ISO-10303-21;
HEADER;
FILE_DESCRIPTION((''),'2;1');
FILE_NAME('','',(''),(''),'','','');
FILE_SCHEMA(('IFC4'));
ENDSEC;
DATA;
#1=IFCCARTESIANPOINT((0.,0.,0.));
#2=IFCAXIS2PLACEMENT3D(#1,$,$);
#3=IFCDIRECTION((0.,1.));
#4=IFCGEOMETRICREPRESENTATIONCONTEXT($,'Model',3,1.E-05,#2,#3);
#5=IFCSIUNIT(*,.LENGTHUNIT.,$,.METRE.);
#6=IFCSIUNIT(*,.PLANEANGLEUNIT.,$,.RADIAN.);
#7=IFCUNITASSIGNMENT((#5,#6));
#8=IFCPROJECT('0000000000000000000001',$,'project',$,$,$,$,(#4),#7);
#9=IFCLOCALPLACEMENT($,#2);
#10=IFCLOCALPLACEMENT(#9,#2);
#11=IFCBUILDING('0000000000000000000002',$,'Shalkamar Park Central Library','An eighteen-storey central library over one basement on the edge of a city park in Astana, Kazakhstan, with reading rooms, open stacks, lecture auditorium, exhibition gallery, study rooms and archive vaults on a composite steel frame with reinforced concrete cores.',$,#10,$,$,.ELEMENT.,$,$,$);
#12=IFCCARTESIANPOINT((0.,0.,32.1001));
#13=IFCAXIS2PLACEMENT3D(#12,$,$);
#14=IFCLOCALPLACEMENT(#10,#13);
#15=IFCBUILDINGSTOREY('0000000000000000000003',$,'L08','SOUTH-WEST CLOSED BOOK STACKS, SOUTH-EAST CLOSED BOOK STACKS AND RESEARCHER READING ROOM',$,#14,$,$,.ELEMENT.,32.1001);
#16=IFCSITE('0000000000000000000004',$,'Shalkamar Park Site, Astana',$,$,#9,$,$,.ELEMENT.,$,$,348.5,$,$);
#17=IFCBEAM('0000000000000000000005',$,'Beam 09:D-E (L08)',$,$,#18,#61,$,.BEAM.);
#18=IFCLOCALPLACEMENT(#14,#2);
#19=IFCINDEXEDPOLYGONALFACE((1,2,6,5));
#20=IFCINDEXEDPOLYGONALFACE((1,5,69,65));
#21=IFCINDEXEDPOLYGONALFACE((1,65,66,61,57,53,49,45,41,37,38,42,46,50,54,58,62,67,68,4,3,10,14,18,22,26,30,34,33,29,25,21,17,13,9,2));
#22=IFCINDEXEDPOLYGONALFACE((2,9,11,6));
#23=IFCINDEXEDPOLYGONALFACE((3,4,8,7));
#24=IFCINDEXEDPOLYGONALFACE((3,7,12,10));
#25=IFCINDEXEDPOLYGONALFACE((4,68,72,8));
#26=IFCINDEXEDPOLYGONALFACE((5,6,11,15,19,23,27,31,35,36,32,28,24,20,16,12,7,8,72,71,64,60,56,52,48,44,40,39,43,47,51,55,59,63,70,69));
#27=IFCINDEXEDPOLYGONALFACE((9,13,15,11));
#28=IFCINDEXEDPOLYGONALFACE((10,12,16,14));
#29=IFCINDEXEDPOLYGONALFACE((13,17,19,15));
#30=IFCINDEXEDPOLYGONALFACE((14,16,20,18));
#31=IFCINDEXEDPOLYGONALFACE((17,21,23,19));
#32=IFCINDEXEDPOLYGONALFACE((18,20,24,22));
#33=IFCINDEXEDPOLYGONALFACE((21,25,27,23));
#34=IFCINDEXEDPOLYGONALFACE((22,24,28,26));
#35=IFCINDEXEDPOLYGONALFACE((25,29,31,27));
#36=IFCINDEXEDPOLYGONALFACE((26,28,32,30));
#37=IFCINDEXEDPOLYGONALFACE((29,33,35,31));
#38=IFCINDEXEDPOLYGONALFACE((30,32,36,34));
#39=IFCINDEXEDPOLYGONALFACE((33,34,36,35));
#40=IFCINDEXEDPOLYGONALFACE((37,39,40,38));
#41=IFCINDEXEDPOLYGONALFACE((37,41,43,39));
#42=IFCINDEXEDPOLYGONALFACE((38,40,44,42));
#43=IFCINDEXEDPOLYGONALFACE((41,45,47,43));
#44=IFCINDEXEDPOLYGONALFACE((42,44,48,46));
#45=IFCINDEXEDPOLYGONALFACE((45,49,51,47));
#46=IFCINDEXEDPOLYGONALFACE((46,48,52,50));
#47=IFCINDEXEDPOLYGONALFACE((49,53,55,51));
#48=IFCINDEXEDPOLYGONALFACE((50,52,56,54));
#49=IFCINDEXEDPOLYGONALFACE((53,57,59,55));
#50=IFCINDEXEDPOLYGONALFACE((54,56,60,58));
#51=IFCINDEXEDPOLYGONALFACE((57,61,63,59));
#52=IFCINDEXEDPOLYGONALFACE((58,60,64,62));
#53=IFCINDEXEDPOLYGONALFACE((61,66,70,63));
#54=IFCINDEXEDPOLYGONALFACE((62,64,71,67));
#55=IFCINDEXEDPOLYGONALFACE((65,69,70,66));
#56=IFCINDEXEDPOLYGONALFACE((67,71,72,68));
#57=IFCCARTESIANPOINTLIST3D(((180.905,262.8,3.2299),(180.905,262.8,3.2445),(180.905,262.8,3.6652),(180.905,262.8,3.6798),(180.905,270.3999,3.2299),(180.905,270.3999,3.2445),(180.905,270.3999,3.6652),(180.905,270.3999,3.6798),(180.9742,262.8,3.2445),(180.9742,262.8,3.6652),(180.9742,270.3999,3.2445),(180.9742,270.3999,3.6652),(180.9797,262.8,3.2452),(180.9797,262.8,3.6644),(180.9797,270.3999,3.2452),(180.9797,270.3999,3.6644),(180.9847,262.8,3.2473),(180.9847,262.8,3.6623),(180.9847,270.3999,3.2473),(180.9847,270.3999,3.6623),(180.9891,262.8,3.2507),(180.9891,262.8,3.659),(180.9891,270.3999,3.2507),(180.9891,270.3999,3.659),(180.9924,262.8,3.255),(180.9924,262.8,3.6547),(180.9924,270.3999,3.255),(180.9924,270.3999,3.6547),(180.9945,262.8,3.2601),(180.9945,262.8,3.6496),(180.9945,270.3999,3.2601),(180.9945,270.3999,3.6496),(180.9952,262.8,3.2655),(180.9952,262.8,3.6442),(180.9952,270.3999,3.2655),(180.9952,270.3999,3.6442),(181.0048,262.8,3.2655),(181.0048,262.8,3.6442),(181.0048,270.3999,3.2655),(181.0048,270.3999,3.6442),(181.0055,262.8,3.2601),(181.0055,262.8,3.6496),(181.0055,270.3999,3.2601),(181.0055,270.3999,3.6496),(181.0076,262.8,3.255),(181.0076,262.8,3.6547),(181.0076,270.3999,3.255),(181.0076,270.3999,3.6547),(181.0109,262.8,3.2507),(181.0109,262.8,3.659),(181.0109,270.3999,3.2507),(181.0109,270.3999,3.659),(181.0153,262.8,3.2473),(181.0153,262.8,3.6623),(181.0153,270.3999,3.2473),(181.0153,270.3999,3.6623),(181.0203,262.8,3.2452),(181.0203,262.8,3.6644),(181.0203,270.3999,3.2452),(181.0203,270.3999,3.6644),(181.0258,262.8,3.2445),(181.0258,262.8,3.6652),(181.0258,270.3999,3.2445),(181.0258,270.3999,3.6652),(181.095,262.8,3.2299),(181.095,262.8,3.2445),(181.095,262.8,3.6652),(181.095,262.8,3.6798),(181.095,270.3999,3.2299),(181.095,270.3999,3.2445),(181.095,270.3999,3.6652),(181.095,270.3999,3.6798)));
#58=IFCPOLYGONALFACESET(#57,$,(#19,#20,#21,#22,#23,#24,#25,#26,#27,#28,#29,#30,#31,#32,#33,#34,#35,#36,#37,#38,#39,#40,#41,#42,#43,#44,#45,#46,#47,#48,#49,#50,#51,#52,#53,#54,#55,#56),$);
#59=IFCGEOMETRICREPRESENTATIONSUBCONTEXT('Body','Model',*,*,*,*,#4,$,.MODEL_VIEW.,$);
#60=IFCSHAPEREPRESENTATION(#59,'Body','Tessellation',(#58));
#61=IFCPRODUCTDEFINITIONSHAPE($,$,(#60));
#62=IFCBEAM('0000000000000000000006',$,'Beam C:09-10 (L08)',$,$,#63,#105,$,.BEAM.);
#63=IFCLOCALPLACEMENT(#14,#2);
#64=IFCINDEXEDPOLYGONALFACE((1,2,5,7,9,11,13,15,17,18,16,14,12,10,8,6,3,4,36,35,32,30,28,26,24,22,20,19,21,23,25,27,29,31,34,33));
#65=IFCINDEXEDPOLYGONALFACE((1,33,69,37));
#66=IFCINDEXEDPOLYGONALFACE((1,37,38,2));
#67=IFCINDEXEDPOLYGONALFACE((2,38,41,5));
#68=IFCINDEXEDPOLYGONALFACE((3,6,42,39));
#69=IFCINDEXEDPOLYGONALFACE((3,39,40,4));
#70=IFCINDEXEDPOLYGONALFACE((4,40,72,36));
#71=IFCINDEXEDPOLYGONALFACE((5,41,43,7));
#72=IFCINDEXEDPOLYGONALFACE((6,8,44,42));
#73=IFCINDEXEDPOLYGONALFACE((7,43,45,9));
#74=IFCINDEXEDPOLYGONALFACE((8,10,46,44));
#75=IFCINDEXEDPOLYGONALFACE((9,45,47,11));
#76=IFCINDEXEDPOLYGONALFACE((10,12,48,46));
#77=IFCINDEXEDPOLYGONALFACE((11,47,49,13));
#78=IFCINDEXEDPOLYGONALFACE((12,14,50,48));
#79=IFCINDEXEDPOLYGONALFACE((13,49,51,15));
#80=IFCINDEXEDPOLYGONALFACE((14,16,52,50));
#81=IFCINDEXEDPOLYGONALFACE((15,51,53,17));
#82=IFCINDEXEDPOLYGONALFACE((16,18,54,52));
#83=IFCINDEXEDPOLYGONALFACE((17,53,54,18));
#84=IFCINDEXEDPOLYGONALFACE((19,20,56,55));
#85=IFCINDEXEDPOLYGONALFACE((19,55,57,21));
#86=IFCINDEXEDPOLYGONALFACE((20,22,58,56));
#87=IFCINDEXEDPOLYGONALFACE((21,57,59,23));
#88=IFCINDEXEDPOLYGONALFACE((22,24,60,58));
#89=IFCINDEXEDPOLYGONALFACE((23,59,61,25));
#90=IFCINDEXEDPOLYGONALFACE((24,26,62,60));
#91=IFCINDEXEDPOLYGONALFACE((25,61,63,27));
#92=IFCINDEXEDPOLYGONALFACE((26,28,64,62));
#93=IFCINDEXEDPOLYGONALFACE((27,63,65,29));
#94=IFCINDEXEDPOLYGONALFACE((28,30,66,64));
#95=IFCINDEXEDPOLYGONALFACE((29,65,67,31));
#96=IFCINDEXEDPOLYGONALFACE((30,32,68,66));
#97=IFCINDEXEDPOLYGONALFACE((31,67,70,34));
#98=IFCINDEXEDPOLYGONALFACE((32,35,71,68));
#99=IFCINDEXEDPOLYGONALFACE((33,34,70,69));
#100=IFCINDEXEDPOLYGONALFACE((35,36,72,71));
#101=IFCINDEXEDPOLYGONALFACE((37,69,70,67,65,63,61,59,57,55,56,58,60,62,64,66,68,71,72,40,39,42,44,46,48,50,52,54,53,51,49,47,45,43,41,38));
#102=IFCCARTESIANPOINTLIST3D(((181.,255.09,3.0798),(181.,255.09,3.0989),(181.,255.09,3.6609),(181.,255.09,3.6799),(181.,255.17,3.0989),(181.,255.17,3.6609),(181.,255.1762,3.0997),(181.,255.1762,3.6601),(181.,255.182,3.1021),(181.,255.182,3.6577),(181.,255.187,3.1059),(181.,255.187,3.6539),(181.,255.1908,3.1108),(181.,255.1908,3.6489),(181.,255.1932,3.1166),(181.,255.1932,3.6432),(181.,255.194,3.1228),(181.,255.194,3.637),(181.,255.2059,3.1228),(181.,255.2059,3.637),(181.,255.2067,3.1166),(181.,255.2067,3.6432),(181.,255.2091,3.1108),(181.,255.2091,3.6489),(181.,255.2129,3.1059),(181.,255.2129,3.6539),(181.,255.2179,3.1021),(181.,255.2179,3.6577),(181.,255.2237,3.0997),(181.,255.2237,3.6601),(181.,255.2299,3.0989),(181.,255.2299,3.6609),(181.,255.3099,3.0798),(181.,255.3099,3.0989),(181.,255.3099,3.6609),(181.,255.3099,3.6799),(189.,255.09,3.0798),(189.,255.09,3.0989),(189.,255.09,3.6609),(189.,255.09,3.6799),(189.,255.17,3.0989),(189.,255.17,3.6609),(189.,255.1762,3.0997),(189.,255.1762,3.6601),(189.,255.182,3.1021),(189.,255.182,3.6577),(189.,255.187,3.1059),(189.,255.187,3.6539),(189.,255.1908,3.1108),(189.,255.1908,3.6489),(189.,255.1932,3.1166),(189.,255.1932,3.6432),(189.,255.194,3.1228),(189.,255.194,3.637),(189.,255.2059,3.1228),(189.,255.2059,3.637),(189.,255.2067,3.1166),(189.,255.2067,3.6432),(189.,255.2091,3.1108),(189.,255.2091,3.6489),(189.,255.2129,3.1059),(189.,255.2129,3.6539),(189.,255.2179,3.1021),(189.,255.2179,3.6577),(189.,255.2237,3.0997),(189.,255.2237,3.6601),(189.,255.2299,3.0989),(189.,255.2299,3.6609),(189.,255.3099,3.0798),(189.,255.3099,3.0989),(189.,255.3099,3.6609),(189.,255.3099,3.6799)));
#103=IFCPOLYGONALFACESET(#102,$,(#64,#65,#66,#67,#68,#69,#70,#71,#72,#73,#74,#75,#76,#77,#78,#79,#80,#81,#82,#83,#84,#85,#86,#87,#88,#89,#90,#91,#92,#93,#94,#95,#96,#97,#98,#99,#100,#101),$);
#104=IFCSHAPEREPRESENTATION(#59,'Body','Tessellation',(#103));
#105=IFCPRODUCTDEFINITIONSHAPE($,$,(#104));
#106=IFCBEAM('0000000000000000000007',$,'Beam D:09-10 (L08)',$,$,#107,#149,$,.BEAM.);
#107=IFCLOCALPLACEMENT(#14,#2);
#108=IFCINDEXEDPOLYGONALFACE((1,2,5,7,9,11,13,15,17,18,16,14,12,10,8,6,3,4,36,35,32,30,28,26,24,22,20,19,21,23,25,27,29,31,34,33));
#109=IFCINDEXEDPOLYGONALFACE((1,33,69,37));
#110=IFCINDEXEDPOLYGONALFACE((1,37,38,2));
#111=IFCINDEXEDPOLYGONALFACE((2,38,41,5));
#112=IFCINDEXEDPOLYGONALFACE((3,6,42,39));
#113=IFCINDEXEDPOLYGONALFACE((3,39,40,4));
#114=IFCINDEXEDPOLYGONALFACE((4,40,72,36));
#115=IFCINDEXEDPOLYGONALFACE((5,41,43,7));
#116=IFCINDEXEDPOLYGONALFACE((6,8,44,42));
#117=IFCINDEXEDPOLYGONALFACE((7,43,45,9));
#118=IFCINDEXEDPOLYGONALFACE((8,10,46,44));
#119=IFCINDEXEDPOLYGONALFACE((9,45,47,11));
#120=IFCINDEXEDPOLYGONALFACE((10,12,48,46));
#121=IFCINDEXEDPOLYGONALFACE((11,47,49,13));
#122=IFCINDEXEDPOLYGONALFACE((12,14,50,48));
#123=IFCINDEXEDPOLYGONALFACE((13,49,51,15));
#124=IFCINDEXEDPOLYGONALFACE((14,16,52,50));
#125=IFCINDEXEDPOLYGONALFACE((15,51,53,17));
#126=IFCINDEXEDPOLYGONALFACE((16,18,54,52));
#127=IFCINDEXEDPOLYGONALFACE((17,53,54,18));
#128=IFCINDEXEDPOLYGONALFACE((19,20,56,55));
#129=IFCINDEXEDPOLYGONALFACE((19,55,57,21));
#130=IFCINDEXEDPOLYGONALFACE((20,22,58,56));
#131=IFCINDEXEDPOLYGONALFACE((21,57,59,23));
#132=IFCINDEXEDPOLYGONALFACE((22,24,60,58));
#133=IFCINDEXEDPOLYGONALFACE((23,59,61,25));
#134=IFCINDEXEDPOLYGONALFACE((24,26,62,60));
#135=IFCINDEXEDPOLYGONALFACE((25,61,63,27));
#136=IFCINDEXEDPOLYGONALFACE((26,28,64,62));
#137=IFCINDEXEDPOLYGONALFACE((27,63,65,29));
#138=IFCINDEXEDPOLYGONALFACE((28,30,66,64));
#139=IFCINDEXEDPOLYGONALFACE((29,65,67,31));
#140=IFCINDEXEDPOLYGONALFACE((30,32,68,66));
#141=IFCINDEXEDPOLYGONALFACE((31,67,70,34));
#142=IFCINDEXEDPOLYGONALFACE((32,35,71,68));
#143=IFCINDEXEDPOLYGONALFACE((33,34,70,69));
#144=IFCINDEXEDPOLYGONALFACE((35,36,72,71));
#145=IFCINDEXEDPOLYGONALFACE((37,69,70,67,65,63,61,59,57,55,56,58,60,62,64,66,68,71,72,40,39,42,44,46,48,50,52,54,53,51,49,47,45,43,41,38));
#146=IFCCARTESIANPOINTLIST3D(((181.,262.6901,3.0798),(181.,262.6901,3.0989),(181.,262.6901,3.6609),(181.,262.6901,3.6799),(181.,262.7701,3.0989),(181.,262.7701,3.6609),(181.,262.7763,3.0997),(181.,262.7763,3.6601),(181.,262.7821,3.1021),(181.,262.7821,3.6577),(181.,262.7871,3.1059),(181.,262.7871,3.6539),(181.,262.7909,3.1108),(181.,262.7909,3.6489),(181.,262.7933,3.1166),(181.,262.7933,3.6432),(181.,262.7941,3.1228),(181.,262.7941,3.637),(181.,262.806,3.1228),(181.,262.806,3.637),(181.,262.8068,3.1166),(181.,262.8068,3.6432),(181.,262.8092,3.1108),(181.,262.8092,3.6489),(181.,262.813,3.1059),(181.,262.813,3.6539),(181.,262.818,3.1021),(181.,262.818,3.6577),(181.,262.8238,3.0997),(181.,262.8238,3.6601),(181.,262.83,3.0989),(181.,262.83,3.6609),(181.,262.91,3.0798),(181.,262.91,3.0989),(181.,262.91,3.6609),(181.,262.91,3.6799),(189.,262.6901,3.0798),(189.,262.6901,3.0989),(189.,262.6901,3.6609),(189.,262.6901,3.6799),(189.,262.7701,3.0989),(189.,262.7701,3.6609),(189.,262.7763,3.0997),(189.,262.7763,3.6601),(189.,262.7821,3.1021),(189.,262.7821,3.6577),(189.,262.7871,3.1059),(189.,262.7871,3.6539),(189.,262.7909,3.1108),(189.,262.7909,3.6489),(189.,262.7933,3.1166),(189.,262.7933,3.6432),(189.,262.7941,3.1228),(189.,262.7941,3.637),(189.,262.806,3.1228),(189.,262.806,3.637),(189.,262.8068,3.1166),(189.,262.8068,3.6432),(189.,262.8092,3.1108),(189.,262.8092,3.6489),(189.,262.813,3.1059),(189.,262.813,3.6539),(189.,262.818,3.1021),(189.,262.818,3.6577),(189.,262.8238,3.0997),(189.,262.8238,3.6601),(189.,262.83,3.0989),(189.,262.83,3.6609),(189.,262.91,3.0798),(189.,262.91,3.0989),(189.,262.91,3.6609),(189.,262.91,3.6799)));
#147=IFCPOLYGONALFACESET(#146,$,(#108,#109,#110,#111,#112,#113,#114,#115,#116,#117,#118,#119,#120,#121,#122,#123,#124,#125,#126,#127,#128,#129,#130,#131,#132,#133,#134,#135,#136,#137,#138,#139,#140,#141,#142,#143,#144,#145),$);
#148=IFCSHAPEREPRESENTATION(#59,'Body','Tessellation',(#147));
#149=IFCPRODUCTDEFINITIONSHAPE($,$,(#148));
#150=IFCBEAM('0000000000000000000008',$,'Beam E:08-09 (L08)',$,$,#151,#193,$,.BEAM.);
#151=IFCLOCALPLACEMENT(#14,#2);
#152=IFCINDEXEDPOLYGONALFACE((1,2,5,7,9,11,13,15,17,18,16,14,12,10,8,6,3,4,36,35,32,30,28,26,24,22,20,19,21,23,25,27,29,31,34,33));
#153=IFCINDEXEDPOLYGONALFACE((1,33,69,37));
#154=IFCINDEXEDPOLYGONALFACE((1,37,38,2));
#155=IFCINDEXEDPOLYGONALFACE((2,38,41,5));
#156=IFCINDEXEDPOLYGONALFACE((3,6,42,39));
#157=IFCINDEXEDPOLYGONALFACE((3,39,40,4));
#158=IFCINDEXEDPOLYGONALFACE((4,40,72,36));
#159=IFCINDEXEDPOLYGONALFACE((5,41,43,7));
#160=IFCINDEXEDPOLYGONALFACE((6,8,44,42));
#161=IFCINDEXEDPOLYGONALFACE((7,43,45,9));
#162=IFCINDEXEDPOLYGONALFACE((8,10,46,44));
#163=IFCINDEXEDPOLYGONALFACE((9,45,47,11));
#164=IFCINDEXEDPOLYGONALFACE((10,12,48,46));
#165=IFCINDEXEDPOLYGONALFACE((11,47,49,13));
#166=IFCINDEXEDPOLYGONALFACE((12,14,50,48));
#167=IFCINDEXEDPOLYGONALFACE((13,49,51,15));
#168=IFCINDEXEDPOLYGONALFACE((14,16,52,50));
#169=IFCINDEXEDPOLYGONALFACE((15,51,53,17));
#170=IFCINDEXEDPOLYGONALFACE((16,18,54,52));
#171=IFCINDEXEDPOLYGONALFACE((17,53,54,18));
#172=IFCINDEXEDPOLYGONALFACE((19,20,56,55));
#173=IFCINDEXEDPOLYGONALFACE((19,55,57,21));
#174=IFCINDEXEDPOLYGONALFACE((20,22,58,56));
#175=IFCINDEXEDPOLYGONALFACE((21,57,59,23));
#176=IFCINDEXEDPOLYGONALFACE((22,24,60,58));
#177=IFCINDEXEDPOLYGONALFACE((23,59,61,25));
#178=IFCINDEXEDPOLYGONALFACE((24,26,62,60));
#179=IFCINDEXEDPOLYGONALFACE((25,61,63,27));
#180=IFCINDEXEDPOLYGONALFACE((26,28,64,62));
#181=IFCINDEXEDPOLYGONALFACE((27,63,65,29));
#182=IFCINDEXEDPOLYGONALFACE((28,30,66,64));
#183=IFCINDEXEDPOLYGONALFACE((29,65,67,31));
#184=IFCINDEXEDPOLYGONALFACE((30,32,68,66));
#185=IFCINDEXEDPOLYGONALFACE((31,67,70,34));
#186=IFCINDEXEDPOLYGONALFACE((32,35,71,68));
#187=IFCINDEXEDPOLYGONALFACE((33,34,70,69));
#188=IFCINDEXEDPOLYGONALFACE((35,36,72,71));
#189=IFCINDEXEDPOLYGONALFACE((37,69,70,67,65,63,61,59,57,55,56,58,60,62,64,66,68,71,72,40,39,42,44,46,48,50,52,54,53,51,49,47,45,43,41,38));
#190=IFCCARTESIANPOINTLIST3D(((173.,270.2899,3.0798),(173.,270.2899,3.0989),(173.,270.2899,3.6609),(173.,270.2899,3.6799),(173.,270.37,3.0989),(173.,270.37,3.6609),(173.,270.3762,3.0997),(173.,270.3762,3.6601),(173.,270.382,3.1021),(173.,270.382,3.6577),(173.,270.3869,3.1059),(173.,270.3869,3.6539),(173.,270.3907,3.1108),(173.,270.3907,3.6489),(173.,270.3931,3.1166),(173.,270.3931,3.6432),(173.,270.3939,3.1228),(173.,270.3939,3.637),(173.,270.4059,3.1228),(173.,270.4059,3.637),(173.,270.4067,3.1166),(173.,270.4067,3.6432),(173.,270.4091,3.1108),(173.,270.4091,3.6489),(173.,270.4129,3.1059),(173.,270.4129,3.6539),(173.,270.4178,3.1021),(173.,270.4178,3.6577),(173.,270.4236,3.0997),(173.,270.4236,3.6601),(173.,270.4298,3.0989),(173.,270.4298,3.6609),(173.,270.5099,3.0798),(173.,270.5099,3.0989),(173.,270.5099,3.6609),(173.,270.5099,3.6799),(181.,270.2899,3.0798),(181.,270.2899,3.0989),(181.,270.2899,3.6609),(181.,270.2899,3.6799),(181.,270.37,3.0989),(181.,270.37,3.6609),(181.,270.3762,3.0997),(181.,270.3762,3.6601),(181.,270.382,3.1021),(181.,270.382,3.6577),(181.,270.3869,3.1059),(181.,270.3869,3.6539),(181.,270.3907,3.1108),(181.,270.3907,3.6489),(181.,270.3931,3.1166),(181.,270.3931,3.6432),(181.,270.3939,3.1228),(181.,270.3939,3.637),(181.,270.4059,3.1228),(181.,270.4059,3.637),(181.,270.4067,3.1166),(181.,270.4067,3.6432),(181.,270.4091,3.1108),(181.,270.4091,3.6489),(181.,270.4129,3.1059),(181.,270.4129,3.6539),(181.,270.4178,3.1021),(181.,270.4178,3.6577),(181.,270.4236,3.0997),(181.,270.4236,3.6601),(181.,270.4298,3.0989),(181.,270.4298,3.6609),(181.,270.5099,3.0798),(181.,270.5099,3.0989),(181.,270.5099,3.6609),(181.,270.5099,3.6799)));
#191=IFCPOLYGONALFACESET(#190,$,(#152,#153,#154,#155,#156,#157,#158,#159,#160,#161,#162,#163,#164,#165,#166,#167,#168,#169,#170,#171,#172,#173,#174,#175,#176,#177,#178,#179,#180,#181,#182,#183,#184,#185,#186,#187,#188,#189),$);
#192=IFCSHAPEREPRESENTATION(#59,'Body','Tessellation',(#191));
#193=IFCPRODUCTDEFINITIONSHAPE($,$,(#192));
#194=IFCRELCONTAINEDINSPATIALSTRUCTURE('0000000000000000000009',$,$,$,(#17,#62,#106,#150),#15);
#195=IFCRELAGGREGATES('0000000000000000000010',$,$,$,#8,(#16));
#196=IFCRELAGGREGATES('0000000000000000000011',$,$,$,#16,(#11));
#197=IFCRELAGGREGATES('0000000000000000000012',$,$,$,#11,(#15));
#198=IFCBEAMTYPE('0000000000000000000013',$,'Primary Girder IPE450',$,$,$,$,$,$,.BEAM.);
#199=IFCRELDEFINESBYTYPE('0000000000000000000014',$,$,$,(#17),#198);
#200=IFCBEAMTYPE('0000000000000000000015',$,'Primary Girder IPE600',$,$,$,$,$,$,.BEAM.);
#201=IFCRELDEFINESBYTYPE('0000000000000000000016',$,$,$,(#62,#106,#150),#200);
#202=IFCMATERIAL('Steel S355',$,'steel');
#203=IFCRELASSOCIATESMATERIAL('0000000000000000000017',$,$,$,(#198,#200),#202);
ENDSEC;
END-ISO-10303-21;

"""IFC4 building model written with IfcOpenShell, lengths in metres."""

from ifc_helpers import new_model, si_unit, direction, frame, origin, origin_2d, place, context, subcontext, project, spatial, i_section, extrude, material, material_profile, profile_set, type_object, element, save


model = new_model("IFC4")

# Units and contexts
model_context = context("Model", 3, precision=1e-05, world=origin(), true_north=direction((0.0, 1.0)))
body_context = subcontext(model_context, "Body", "Model", "MODEL_VIEW")
ifc_project = project(units=[si_unit("LENGTHUNIT", "METRE"), si_unit("PLANEANGLEUNIT", "RADIAN")], contexts=[model_context])

# Site, building, storey
site_placement = place(None, origin())
site = spatial("IfcSite", under=ifc_project, at=site_placement, Name="Shalkamar Park Site, Astana", CompositionType="ELEMENT", RefElevation=348.5)
building_placement = place(site_placement, origin())
building = spatial("IfcBuilding", under=site, at=building_placement, Name="Shalkamar Park Central Library", Description="An eighteen-storey central library over one basement on the edge of a city park in Astana, Kazakhstan, with reading rooms, open stacks, lecture auditorium, exhibition gallery, study rooms and archive vaults on a composite steel frame with reinforced concrete cores.", CompositionType="ELEMENT")
storey_placement = place(building_placement, frame((0.0, 0.0, 32.1001)))
storey = spatial("IfcBuildingStorey", under=building, at=storey_placement, Name="L08", Description="SOUTH-WEST CLOSED BOOK STACKS, SOUTH-EAST CLOSED BOOK STACKS AND RESEARCHER READING ROOM", CompositionType="ELEMENT", Elevation=32.1001)

# Shared definitions
ifc_material_1 = material(Name="Steel S355", Category="steel")

# Beams
ifc_material_profile_1 = material_profile(ifc_material_1, i_section(OverallWidth=0.1899, OverallDepth=0.45, WebThickness=0.0095, FlangeThickness=0.0146, FilletRadius=0.021, at=origin_2d()), Name="IPE 450")
ifc_profile_set_1 = profile_set([ifc_material_profile_1], Name="Steel S355")
beam_type_1 = type_object("IfcBeamType", Name="Primary Girder IPE450", PredefinedType="BEAM", material=ifc_profile_set_1)
beam_1_placement = place(storey_placement, frame((181.0, 262.8, 3.4548), z_axis=(0.0, 1.0, 0.0), x_axis=(-1.0, 0.0, 0.0)))
element("IfcBeam", 1, at=beam_1_placement, inside=storey, type_object=beam_type_1, Name="Beam 09:D-E (L08)", PredefinedType="BEAM", context=body_context, shape_type="SweptSolid", body=[
    extrude(i_section(OverallWidth=0.1899, OverallDepth=0.45, WebThickness=0.0095, FlangeThickness=0.0146, FilletRadius=0.021, at=origin_2d()), origin(), (0.0, 0.0, 1.0), 7.5999),
])
ifc_material_profile_2 = material_profile(ifc_material_1, i_section(OverallWidth=0.22, OverallDepth=0.6001, WebThickness=0.012, FlangeThickness=0.019, FilletRadius=0.0239, at=origin_2d()), Name="IPE 600")
ifc_profile_set_2 = profile_set([ifc_material_profile_2], Name="Steel S355")
beam_type_2 = type_object("IfcBeamType", Name="Primary Girder IPE600", PredefinedType="BEAM", material=ifc_profile_set_2)
for number, where, z_axis, x_axis, name in (
    (2, (181.0, 255.2, 3.3799), (1.0, 0.0, 0.0), (0.0, 1.0, 0.0), "Beam C:09-10 (L08)"),
    (3, (181.0, 262.8, 3.3799), (1.0, 0.0, 0.0), (0.0, 1.0, 0.0), "Beam D:09-10 (L08)"),
    (4, (173.0, 270.3999, 3.3799), (1.0, 0.0, 0.0), (0.0, 1.0, 0.0), "Beam E:08-09 (L08)"),
):
    element("IfcBeam", number, at=place(storey_placement, frame(where, z_axis=z_axis, x_axis=x_axis)), inside=storey, type_object=beam_type_2, Name=name, PredefinedType="BEAM", context=body_context, shape_type="SweptSolid", body=[
        extrude(i_section(OverallWidth=0.22, OverallDepth=0.6001, WebThickness=0.012, FlangeThickness=0.019, FilletRadius=0.0239, at=origin_2d()), origin(), (0.0, 0.0, 1.0), 8.0),
    ])

save(model, "model.ifc")
